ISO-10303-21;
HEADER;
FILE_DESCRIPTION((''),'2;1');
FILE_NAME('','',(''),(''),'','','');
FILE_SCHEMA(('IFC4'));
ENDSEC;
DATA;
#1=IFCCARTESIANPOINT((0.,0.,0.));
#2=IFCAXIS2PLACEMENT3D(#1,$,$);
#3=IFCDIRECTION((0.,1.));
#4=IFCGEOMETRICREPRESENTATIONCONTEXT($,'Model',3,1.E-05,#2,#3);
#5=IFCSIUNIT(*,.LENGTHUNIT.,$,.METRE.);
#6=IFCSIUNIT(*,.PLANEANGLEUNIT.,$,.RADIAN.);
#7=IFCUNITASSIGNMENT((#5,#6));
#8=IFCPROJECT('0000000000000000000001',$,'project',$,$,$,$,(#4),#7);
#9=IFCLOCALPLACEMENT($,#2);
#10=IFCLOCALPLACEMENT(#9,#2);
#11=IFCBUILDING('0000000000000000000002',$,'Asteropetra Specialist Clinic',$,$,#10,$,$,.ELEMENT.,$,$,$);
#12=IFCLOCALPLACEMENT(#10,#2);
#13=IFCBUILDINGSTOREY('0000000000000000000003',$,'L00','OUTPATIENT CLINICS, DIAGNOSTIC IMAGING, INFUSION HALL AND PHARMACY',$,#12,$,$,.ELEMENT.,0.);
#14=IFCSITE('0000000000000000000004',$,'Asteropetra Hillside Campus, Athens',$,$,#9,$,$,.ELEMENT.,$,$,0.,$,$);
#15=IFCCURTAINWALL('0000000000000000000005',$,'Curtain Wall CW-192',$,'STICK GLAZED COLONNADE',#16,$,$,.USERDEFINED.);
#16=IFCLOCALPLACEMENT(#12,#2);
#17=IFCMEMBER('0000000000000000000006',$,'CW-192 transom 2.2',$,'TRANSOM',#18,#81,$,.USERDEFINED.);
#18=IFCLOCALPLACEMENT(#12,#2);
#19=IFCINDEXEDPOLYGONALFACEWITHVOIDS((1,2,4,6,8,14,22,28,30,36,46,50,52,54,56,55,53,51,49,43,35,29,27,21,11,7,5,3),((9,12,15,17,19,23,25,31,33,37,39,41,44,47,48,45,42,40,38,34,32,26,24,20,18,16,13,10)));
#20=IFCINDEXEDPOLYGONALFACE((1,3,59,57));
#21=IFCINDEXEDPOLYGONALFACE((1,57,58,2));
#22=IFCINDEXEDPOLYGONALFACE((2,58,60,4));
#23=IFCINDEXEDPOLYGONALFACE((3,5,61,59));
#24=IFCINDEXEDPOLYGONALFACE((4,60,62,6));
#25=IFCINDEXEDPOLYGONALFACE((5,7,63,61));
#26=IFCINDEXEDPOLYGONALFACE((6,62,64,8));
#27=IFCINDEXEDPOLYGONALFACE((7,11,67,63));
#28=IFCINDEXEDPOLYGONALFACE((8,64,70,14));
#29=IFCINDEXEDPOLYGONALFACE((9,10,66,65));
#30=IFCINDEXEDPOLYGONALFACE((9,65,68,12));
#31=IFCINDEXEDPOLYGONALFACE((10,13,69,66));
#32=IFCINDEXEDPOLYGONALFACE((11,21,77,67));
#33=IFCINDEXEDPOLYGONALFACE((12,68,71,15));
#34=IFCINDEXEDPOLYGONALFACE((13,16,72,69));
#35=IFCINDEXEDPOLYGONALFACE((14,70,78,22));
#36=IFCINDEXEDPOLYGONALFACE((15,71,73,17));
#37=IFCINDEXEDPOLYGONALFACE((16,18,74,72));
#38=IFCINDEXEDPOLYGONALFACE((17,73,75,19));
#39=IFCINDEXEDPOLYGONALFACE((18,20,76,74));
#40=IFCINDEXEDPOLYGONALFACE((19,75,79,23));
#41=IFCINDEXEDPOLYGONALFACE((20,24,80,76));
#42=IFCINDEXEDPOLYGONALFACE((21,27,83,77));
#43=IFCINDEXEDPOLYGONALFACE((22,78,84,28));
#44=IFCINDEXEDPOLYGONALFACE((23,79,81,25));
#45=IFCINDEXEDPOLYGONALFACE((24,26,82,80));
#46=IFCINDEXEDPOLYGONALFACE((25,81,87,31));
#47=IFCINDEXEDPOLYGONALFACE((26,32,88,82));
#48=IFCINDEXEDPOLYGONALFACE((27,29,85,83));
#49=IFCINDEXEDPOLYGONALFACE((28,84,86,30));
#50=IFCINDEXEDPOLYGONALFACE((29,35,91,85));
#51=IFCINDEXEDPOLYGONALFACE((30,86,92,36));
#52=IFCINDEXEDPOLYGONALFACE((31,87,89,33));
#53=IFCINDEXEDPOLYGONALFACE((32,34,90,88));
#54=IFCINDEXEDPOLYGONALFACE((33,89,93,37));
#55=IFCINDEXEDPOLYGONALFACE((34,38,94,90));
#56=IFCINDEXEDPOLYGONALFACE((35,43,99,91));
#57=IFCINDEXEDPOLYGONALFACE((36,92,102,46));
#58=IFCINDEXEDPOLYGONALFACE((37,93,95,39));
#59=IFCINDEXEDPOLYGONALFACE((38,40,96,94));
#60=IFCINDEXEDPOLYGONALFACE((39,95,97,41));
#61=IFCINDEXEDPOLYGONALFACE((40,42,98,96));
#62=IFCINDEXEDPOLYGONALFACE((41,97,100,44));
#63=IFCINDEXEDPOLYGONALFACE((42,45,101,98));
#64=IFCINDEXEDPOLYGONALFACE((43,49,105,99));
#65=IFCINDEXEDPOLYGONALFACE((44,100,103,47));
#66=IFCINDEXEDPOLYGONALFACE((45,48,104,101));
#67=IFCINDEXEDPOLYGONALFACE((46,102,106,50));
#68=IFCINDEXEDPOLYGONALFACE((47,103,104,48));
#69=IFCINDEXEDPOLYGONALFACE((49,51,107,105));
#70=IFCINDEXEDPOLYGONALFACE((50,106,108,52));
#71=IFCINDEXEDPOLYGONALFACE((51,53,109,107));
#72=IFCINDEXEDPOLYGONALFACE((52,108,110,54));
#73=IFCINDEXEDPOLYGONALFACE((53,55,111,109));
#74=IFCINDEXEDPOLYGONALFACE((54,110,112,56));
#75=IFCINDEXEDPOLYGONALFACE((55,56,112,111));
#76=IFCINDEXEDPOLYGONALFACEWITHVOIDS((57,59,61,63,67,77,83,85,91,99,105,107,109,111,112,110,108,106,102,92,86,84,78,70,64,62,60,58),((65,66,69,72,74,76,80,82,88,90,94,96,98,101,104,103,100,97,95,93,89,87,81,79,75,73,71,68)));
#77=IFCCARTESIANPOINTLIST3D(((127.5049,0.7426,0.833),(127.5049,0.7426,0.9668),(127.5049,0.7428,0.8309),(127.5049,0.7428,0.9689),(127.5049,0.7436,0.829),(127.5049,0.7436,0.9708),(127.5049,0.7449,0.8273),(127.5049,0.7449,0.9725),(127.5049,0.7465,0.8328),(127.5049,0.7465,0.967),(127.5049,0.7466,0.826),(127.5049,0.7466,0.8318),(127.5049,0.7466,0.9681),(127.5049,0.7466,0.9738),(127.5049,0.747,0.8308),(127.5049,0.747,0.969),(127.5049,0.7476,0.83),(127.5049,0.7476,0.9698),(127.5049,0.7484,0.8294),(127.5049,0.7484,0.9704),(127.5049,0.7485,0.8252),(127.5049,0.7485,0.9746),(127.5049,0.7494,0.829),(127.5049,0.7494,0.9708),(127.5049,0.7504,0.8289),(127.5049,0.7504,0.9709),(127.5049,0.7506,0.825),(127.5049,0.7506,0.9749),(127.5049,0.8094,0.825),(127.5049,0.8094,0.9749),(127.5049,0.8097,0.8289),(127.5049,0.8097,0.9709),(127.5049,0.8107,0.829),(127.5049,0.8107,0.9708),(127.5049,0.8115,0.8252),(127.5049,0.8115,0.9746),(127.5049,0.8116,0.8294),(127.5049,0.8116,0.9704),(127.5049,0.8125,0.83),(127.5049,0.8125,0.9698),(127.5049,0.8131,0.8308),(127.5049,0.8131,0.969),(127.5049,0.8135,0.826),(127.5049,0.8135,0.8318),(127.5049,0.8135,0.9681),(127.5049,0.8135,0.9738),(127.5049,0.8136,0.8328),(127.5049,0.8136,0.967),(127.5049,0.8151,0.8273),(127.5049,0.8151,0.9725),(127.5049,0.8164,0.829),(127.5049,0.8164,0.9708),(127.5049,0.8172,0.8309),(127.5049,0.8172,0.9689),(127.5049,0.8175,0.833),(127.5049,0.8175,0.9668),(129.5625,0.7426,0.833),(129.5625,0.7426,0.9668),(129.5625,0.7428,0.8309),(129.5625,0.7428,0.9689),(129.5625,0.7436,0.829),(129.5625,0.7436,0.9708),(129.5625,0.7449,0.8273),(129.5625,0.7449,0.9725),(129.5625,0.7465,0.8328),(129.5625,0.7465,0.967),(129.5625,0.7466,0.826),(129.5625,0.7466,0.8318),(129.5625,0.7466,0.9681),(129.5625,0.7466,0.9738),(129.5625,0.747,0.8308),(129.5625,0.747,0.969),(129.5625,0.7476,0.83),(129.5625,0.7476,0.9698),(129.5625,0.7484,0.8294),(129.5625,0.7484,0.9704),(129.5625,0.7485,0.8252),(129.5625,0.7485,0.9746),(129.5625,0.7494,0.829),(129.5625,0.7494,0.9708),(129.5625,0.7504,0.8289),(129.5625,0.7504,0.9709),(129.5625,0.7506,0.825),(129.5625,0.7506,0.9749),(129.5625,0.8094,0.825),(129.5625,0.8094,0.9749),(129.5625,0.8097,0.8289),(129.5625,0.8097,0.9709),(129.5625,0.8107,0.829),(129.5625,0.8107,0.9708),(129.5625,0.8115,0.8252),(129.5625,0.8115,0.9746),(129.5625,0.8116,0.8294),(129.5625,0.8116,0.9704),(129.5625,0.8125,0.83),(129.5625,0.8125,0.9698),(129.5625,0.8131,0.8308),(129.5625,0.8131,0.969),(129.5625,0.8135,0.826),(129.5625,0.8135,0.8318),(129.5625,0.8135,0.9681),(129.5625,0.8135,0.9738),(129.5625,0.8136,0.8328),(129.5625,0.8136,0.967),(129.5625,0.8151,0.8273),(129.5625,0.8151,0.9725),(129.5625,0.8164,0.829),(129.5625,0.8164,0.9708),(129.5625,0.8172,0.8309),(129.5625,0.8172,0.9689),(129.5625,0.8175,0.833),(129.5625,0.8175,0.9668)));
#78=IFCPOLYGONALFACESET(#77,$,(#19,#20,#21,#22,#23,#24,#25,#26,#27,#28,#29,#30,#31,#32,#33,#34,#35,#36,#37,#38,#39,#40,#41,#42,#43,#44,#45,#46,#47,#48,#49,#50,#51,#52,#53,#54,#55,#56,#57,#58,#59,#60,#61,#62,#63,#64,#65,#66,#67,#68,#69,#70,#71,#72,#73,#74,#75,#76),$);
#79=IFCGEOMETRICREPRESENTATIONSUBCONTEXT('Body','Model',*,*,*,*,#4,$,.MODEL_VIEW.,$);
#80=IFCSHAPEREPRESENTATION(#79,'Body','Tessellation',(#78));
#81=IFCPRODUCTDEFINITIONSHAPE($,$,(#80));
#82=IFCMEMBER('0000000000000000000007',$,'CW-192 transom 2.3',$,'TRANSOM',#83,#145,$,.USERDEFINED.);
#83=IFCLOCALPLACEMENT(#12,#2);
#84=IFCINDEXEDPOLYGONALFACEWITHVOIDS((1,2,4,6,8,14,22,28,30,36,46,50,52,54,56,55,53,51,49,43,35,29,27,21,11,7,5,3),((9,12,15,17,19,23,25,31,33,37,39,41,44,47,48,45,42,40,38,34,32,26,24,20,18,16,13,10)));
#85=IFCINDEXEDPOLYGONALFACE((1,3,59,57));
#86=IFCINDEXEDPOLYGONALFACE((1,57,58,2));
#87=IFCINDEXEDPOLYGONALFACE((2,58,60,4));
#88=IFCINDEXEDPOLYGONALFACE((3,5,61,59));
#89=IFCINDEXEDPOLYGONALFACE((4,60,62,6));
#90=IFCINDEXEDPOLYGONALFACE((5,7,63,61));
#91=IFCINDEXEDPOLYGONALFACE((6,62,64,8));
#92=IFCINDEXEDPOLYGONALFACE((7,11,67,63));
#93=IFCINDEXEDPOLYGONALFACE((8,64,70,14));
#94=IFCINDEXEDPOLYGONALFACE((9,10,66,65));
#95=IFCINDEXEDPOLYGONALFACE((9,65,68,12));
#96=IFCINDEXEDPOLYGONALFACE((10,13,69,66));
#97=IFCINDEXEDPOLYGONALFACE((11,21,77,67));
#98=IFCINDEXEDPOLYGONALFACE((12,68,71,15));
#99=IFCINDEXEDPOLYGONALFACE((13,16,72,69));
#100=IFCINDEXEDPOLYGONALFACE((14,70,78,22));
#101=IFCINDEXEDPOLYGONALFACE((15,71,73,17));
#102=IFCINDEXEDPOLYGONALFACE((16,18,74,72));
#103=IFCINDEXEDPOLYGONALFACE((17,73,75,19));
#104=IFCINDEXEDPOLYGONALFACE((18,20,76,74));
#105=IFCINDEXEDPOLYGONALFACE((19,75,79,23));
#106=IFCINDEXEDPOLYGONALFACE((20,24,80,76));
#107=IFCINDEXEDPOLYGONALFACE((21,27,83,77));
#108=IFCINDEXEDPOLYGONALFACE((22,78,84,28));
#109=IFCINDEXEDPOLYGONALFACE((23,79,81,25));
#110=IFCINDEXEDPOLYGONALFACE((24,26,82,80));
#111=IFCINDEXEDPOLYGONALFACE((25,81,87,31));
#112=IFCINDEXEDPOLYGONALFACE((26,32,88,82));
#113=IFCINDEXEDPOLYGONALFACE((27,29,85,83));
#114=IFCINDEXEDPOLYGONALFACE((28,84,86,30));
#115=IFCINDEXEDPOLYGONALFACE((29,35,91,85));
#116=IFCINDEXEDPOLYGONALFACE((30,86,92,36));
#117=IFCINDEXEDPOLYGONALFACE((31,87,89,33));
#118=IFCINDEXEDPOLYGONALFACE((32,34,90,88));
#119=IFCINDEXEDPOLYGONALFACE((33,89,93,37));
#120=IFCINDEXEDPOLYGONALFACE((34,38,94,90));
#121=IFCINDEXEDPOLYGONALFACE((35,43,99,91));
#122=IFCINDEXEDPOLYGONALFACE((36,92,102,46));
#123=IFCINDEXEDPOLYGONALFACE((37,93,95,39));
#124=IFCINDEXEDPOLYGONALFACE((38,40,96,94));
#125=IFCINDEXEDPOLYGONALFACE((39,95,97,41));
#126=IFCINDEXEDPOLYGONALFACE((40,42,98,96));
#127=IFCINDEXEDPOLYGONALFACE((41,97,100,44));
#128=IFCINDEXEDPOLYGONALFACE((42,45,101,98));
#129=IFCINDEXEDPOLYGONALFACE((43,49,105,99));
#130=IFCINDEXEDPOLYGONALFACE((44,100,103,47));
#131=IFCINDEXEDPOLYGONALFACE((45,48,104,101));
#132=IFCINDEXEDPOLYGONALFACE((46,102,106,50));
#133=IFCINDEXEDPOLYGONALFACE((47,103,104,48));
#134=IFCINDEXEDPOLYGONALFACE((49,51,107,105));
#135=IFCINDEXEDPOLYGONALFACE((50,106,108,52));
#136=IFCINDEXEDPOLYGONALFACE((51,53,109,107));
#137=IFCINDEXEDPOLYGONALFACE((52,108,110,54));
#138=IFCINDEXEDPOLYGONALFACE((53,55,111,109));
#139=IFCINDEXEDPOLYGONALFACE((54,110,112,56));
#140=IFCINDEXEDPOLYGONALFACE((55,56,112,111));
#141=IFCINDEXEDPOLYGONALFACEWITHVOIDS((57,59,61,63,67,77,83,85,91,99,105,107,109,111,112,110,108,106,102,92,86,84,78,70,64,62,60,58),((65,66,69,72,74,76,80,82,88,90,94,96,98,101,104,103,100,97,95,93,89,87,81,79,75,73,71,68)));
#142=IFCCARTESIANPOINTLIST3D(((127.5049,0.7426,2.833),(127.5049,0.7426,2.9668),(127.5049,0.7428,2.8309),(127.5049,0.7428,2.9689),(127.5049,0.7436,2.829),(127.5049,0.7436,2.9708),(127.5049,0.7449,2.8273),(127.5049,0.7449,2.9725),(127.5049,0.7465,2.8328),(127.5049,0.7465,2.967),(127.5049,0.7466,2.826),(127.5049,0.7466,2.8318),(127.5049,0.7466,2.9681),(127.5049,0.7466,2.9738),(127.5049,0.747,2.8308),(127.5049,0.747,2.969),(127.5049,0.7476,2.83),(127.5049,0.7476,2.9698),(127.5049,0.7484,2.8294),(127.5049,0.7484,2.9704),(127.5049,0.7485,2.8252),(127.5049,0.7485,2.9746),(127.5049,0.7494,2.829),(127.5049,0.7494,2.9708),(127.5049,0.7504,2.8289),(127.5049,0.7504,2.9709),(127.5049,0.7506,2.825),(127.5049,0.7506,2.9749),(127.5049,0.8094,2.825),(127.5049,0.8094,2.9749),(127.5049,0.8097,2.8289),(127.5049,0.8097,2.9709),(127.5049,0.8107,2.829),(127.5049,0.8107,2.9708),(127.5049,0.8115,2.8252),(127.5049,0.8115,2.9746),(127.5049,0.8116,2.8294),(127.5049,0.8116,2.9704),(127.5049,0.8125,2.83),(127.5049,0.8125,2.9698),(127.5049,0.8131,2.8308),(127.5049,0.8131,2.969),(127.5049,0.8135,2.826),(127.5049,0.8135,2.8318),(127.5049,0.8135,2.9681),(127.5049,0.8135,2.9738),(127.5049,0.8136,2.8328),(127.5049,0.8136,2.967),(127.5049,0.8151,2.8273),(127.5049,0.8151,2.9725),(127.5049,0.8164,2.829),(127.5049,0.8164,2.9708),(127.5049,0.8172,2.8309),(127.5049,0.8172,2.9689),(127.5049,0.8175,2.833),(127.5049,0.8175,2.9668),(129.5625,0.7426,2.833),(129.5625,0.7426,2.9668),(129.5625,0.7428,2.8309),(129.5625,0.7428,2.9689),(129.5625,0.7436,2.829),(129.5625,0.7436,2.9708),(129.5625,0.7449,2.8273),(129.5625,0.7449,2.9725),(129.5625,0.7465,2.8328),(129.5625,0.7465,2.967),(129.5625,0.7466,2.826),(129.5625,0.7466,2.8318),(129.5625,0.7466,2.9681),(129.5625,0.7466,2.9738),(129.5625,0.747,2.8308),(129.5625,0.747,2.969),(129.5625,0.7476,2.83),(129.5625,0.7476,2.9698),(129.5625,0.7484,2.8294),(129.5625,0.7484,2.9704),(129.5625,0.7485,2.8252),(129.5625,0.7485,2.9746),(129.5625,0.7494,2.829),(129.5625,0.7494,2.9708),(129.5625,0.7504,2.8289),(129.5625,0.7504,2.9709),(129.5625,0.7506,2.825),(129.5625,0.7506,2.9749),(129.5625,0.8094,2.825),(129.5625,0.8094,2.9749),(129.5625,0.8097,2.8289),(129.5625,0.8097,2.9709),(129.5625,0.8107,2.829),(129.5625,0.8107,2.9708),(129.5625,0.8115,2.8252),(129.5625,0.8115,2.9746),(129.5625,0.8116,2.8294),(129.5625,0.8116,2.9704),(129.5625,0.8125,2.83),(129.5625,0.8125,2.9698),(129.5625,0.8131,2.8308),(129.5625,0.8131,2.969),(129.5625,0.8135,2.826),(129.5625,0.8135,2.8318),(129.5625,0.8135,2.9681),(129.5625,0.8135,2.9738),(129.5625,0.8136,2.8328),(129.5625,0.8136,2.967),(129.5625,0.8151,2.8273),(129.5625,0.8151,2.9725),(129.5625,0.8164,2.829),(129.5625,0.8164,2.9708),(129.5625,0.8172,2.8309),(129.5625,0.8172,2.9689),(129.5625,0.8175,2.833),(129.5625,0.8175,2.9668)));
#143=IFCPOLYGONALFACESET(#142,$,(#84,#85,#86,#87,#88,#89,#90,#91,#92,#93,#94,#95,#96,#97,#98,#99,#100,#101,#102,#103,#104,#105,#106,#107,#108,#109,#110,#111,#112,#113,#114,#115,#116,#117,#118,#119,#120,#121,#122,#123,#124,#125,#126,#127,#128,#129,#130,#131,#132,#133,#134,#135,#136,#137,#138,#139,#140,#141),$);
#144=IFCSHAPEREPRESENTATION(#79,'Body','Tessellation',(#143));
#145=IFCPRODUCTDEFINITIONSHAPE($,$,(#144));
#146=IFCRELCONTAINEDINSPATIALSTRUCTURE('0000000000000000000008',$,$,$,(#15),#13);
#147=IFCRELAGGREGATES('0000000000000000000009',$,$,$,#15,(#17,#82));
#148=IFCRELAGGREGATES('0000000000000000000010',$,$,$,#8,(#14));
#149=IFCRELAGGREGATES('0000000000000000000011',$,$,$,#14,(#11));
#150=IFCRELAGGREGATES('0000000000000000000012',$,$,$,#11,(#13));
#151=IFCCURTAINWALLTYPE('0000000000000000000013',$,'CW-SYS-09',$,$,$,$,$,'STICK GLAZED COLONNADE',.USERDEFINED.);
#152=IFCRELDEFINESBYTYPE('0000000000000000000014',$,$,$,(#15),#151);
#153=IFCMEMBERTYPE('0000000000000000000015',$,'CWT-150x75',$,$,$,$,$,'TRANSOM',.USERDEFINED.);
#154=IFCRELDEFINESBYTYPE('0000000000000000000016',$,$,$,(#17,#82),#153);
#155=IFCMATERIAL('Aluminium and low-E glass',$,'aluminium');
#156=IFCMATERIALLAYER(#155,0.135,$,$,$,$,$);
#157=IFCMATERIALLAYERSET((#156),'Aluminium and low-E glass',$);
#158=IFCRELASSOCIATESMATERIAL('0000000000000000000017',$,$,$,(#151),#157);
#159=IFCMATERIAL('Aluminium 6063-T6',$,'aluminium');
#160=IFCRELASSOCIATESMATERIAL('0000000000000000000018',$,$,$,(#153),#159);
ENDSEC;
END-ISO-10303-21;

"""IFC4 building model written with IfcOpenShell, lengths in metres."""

from ifc_helpers import new_model, si_unit, direction, frame, origin, origin_2d, place, context, subcontext, project, spatial, hollow_rectangle, extrude, material, layer, layer_set, material_profile, profile_set, type_object, element, aggregate, save


model = new_model("IFC4")

# Units and contexts
model_context = context("Model", 3, precision=1e-05, world=origin(), true_north=direction((0.0, 1.0)))
body_context = subcontext(model_context, "Body", "Model", "MODEL_VIEW")
ifc_project = project(units=[si_unit("LENGTHUNIT", "METRE"), si_unit("PLANEANGLEUNIT", "RADIAN")], contexts=[model_context])

# Site, building, storey
site_placement = place(None, origin())
site = spatial("IfcSite", under=ifc_project, at=site_placement, Name="Asteropetra Hillside Campus, Athens", CompositionType="ELEMENT", RefElevation=0.0)
building_placement = place(site_placement, origin())
building = spatial("IfcBuilding", under=site, at=building_placement, Name="Asteropetra Specialist Clinic", CompositionType="ELEMENT")
storey_placement = place(building_placement, origin())
storey = spatial("IfcBuildingStorey", under=building, at=storey_placement, Name="L00", Description="OUTPATIENT CLINICS, DIAGNOSTIC IMAGING, INFUSION HALL AND PHARMACY", CompositionType="ELEMENT", Elevation=0.0)

# Curtain wall, members
ifc_material_1 = material(Name="Aluminium and low-E glass", Category="aluminium")
ifc_layer_1 = layer(ifc_material_1, 0.135)
ifc_layer_set_1 = layer_set([ifc_layer_1], Name="Aluminium and low-E glass")
curtain_wall_type = type_object("IfcCurtainWallType", Name="CW-SYS-09", ElementType="STICK GLAZED COLONNADE", PredefinedType="USERDEFINED", material=ifc_layer_set_1)
curtain_wall_placement = place(storey_placement, origin())
curtain_wall = element("IfcCurtainWall", 1, at=curtain_wall_placement, inside=storey, type_object=curtain_wall_type, Name="Curtain Wall CW-192", ObjectType="STICK GLAZED COLONNADE", PredefinedType="USERDEFINED")
ifc_material_2 = material(Name="Aluminium 6063-T6", Category="aluminium")
ifc_material_profile_1 = material_profile(ifc_material_2, hollow_rectangle(XDim=0.075, YDim=0.1499, WallThickness=0.0039, InnerFilletRadius=0.0039, OuterFilletRadius=0.0081, at=origin_2d()), Name="TRN 150x75x4.0")
ifc_profile_set_1 = profile_set([ifc_material_profile_1], Name="Aluminium 6063-T6")
member_type_1 = type_object("IfcMemberType", Name="CWT-150x75", ElementType="TRANSOM", PredefinedType="USERDEFINED", material=ifc_profile_set_1)
member_1_placement = place(storey_placement, frame((127.5049, 0.78, 0.8999), z_axis=(1.0, 0.0, 0.0), x_axis=(0.0, 1.0, 0.0)))
member_1 = element("IfcMember", 2, at=member_1_placement, type_object=member_type_1, Name="CW-192 transom 2.2", ObjectType="TRANSOM", PredefinedType="USERDEFINED", context=body_context, shape_type="SweptSolid", body=[
    extrude(hollow_rectangle(XDim=0.075, YDim=0.1499, WallThickness=0.0039, InnerFilletRadius=0.0039, OuterFilletRadius=0.0081, at=origin_2d()), origin(), (0.0, 0.0, 1.0), 2.0576),
])
member_2_placement = place(storey_placement, frame((127.5049, 0.78, 2.8999), z_axis=(1.0, 0.0, 0.0), x_axis=(0.0, 1.0, 0.0)))
member_2 = element("IfcMember", 3, at=member_2_placement, type_object=member_type_1, Name="CW-192 transom 2.3", ObjectType="TRANSOM", PredefinedType="USERDEFINED", context=body_context, shape_type="SweptSolid", body=[
    extrude(hollow_rectangle(XDim=0.075, YDim=0.1499, WallThickness=0.0039, InnerFilletRadius=0.0039, OuterFilletRadius=0.0081, at=origin_2d()), origin(), (0.0, 0.0, 1.0), 2.0576),
])
aggregate(curtain_wall, [member_1, member_2])

save(model, "model.ifc")
